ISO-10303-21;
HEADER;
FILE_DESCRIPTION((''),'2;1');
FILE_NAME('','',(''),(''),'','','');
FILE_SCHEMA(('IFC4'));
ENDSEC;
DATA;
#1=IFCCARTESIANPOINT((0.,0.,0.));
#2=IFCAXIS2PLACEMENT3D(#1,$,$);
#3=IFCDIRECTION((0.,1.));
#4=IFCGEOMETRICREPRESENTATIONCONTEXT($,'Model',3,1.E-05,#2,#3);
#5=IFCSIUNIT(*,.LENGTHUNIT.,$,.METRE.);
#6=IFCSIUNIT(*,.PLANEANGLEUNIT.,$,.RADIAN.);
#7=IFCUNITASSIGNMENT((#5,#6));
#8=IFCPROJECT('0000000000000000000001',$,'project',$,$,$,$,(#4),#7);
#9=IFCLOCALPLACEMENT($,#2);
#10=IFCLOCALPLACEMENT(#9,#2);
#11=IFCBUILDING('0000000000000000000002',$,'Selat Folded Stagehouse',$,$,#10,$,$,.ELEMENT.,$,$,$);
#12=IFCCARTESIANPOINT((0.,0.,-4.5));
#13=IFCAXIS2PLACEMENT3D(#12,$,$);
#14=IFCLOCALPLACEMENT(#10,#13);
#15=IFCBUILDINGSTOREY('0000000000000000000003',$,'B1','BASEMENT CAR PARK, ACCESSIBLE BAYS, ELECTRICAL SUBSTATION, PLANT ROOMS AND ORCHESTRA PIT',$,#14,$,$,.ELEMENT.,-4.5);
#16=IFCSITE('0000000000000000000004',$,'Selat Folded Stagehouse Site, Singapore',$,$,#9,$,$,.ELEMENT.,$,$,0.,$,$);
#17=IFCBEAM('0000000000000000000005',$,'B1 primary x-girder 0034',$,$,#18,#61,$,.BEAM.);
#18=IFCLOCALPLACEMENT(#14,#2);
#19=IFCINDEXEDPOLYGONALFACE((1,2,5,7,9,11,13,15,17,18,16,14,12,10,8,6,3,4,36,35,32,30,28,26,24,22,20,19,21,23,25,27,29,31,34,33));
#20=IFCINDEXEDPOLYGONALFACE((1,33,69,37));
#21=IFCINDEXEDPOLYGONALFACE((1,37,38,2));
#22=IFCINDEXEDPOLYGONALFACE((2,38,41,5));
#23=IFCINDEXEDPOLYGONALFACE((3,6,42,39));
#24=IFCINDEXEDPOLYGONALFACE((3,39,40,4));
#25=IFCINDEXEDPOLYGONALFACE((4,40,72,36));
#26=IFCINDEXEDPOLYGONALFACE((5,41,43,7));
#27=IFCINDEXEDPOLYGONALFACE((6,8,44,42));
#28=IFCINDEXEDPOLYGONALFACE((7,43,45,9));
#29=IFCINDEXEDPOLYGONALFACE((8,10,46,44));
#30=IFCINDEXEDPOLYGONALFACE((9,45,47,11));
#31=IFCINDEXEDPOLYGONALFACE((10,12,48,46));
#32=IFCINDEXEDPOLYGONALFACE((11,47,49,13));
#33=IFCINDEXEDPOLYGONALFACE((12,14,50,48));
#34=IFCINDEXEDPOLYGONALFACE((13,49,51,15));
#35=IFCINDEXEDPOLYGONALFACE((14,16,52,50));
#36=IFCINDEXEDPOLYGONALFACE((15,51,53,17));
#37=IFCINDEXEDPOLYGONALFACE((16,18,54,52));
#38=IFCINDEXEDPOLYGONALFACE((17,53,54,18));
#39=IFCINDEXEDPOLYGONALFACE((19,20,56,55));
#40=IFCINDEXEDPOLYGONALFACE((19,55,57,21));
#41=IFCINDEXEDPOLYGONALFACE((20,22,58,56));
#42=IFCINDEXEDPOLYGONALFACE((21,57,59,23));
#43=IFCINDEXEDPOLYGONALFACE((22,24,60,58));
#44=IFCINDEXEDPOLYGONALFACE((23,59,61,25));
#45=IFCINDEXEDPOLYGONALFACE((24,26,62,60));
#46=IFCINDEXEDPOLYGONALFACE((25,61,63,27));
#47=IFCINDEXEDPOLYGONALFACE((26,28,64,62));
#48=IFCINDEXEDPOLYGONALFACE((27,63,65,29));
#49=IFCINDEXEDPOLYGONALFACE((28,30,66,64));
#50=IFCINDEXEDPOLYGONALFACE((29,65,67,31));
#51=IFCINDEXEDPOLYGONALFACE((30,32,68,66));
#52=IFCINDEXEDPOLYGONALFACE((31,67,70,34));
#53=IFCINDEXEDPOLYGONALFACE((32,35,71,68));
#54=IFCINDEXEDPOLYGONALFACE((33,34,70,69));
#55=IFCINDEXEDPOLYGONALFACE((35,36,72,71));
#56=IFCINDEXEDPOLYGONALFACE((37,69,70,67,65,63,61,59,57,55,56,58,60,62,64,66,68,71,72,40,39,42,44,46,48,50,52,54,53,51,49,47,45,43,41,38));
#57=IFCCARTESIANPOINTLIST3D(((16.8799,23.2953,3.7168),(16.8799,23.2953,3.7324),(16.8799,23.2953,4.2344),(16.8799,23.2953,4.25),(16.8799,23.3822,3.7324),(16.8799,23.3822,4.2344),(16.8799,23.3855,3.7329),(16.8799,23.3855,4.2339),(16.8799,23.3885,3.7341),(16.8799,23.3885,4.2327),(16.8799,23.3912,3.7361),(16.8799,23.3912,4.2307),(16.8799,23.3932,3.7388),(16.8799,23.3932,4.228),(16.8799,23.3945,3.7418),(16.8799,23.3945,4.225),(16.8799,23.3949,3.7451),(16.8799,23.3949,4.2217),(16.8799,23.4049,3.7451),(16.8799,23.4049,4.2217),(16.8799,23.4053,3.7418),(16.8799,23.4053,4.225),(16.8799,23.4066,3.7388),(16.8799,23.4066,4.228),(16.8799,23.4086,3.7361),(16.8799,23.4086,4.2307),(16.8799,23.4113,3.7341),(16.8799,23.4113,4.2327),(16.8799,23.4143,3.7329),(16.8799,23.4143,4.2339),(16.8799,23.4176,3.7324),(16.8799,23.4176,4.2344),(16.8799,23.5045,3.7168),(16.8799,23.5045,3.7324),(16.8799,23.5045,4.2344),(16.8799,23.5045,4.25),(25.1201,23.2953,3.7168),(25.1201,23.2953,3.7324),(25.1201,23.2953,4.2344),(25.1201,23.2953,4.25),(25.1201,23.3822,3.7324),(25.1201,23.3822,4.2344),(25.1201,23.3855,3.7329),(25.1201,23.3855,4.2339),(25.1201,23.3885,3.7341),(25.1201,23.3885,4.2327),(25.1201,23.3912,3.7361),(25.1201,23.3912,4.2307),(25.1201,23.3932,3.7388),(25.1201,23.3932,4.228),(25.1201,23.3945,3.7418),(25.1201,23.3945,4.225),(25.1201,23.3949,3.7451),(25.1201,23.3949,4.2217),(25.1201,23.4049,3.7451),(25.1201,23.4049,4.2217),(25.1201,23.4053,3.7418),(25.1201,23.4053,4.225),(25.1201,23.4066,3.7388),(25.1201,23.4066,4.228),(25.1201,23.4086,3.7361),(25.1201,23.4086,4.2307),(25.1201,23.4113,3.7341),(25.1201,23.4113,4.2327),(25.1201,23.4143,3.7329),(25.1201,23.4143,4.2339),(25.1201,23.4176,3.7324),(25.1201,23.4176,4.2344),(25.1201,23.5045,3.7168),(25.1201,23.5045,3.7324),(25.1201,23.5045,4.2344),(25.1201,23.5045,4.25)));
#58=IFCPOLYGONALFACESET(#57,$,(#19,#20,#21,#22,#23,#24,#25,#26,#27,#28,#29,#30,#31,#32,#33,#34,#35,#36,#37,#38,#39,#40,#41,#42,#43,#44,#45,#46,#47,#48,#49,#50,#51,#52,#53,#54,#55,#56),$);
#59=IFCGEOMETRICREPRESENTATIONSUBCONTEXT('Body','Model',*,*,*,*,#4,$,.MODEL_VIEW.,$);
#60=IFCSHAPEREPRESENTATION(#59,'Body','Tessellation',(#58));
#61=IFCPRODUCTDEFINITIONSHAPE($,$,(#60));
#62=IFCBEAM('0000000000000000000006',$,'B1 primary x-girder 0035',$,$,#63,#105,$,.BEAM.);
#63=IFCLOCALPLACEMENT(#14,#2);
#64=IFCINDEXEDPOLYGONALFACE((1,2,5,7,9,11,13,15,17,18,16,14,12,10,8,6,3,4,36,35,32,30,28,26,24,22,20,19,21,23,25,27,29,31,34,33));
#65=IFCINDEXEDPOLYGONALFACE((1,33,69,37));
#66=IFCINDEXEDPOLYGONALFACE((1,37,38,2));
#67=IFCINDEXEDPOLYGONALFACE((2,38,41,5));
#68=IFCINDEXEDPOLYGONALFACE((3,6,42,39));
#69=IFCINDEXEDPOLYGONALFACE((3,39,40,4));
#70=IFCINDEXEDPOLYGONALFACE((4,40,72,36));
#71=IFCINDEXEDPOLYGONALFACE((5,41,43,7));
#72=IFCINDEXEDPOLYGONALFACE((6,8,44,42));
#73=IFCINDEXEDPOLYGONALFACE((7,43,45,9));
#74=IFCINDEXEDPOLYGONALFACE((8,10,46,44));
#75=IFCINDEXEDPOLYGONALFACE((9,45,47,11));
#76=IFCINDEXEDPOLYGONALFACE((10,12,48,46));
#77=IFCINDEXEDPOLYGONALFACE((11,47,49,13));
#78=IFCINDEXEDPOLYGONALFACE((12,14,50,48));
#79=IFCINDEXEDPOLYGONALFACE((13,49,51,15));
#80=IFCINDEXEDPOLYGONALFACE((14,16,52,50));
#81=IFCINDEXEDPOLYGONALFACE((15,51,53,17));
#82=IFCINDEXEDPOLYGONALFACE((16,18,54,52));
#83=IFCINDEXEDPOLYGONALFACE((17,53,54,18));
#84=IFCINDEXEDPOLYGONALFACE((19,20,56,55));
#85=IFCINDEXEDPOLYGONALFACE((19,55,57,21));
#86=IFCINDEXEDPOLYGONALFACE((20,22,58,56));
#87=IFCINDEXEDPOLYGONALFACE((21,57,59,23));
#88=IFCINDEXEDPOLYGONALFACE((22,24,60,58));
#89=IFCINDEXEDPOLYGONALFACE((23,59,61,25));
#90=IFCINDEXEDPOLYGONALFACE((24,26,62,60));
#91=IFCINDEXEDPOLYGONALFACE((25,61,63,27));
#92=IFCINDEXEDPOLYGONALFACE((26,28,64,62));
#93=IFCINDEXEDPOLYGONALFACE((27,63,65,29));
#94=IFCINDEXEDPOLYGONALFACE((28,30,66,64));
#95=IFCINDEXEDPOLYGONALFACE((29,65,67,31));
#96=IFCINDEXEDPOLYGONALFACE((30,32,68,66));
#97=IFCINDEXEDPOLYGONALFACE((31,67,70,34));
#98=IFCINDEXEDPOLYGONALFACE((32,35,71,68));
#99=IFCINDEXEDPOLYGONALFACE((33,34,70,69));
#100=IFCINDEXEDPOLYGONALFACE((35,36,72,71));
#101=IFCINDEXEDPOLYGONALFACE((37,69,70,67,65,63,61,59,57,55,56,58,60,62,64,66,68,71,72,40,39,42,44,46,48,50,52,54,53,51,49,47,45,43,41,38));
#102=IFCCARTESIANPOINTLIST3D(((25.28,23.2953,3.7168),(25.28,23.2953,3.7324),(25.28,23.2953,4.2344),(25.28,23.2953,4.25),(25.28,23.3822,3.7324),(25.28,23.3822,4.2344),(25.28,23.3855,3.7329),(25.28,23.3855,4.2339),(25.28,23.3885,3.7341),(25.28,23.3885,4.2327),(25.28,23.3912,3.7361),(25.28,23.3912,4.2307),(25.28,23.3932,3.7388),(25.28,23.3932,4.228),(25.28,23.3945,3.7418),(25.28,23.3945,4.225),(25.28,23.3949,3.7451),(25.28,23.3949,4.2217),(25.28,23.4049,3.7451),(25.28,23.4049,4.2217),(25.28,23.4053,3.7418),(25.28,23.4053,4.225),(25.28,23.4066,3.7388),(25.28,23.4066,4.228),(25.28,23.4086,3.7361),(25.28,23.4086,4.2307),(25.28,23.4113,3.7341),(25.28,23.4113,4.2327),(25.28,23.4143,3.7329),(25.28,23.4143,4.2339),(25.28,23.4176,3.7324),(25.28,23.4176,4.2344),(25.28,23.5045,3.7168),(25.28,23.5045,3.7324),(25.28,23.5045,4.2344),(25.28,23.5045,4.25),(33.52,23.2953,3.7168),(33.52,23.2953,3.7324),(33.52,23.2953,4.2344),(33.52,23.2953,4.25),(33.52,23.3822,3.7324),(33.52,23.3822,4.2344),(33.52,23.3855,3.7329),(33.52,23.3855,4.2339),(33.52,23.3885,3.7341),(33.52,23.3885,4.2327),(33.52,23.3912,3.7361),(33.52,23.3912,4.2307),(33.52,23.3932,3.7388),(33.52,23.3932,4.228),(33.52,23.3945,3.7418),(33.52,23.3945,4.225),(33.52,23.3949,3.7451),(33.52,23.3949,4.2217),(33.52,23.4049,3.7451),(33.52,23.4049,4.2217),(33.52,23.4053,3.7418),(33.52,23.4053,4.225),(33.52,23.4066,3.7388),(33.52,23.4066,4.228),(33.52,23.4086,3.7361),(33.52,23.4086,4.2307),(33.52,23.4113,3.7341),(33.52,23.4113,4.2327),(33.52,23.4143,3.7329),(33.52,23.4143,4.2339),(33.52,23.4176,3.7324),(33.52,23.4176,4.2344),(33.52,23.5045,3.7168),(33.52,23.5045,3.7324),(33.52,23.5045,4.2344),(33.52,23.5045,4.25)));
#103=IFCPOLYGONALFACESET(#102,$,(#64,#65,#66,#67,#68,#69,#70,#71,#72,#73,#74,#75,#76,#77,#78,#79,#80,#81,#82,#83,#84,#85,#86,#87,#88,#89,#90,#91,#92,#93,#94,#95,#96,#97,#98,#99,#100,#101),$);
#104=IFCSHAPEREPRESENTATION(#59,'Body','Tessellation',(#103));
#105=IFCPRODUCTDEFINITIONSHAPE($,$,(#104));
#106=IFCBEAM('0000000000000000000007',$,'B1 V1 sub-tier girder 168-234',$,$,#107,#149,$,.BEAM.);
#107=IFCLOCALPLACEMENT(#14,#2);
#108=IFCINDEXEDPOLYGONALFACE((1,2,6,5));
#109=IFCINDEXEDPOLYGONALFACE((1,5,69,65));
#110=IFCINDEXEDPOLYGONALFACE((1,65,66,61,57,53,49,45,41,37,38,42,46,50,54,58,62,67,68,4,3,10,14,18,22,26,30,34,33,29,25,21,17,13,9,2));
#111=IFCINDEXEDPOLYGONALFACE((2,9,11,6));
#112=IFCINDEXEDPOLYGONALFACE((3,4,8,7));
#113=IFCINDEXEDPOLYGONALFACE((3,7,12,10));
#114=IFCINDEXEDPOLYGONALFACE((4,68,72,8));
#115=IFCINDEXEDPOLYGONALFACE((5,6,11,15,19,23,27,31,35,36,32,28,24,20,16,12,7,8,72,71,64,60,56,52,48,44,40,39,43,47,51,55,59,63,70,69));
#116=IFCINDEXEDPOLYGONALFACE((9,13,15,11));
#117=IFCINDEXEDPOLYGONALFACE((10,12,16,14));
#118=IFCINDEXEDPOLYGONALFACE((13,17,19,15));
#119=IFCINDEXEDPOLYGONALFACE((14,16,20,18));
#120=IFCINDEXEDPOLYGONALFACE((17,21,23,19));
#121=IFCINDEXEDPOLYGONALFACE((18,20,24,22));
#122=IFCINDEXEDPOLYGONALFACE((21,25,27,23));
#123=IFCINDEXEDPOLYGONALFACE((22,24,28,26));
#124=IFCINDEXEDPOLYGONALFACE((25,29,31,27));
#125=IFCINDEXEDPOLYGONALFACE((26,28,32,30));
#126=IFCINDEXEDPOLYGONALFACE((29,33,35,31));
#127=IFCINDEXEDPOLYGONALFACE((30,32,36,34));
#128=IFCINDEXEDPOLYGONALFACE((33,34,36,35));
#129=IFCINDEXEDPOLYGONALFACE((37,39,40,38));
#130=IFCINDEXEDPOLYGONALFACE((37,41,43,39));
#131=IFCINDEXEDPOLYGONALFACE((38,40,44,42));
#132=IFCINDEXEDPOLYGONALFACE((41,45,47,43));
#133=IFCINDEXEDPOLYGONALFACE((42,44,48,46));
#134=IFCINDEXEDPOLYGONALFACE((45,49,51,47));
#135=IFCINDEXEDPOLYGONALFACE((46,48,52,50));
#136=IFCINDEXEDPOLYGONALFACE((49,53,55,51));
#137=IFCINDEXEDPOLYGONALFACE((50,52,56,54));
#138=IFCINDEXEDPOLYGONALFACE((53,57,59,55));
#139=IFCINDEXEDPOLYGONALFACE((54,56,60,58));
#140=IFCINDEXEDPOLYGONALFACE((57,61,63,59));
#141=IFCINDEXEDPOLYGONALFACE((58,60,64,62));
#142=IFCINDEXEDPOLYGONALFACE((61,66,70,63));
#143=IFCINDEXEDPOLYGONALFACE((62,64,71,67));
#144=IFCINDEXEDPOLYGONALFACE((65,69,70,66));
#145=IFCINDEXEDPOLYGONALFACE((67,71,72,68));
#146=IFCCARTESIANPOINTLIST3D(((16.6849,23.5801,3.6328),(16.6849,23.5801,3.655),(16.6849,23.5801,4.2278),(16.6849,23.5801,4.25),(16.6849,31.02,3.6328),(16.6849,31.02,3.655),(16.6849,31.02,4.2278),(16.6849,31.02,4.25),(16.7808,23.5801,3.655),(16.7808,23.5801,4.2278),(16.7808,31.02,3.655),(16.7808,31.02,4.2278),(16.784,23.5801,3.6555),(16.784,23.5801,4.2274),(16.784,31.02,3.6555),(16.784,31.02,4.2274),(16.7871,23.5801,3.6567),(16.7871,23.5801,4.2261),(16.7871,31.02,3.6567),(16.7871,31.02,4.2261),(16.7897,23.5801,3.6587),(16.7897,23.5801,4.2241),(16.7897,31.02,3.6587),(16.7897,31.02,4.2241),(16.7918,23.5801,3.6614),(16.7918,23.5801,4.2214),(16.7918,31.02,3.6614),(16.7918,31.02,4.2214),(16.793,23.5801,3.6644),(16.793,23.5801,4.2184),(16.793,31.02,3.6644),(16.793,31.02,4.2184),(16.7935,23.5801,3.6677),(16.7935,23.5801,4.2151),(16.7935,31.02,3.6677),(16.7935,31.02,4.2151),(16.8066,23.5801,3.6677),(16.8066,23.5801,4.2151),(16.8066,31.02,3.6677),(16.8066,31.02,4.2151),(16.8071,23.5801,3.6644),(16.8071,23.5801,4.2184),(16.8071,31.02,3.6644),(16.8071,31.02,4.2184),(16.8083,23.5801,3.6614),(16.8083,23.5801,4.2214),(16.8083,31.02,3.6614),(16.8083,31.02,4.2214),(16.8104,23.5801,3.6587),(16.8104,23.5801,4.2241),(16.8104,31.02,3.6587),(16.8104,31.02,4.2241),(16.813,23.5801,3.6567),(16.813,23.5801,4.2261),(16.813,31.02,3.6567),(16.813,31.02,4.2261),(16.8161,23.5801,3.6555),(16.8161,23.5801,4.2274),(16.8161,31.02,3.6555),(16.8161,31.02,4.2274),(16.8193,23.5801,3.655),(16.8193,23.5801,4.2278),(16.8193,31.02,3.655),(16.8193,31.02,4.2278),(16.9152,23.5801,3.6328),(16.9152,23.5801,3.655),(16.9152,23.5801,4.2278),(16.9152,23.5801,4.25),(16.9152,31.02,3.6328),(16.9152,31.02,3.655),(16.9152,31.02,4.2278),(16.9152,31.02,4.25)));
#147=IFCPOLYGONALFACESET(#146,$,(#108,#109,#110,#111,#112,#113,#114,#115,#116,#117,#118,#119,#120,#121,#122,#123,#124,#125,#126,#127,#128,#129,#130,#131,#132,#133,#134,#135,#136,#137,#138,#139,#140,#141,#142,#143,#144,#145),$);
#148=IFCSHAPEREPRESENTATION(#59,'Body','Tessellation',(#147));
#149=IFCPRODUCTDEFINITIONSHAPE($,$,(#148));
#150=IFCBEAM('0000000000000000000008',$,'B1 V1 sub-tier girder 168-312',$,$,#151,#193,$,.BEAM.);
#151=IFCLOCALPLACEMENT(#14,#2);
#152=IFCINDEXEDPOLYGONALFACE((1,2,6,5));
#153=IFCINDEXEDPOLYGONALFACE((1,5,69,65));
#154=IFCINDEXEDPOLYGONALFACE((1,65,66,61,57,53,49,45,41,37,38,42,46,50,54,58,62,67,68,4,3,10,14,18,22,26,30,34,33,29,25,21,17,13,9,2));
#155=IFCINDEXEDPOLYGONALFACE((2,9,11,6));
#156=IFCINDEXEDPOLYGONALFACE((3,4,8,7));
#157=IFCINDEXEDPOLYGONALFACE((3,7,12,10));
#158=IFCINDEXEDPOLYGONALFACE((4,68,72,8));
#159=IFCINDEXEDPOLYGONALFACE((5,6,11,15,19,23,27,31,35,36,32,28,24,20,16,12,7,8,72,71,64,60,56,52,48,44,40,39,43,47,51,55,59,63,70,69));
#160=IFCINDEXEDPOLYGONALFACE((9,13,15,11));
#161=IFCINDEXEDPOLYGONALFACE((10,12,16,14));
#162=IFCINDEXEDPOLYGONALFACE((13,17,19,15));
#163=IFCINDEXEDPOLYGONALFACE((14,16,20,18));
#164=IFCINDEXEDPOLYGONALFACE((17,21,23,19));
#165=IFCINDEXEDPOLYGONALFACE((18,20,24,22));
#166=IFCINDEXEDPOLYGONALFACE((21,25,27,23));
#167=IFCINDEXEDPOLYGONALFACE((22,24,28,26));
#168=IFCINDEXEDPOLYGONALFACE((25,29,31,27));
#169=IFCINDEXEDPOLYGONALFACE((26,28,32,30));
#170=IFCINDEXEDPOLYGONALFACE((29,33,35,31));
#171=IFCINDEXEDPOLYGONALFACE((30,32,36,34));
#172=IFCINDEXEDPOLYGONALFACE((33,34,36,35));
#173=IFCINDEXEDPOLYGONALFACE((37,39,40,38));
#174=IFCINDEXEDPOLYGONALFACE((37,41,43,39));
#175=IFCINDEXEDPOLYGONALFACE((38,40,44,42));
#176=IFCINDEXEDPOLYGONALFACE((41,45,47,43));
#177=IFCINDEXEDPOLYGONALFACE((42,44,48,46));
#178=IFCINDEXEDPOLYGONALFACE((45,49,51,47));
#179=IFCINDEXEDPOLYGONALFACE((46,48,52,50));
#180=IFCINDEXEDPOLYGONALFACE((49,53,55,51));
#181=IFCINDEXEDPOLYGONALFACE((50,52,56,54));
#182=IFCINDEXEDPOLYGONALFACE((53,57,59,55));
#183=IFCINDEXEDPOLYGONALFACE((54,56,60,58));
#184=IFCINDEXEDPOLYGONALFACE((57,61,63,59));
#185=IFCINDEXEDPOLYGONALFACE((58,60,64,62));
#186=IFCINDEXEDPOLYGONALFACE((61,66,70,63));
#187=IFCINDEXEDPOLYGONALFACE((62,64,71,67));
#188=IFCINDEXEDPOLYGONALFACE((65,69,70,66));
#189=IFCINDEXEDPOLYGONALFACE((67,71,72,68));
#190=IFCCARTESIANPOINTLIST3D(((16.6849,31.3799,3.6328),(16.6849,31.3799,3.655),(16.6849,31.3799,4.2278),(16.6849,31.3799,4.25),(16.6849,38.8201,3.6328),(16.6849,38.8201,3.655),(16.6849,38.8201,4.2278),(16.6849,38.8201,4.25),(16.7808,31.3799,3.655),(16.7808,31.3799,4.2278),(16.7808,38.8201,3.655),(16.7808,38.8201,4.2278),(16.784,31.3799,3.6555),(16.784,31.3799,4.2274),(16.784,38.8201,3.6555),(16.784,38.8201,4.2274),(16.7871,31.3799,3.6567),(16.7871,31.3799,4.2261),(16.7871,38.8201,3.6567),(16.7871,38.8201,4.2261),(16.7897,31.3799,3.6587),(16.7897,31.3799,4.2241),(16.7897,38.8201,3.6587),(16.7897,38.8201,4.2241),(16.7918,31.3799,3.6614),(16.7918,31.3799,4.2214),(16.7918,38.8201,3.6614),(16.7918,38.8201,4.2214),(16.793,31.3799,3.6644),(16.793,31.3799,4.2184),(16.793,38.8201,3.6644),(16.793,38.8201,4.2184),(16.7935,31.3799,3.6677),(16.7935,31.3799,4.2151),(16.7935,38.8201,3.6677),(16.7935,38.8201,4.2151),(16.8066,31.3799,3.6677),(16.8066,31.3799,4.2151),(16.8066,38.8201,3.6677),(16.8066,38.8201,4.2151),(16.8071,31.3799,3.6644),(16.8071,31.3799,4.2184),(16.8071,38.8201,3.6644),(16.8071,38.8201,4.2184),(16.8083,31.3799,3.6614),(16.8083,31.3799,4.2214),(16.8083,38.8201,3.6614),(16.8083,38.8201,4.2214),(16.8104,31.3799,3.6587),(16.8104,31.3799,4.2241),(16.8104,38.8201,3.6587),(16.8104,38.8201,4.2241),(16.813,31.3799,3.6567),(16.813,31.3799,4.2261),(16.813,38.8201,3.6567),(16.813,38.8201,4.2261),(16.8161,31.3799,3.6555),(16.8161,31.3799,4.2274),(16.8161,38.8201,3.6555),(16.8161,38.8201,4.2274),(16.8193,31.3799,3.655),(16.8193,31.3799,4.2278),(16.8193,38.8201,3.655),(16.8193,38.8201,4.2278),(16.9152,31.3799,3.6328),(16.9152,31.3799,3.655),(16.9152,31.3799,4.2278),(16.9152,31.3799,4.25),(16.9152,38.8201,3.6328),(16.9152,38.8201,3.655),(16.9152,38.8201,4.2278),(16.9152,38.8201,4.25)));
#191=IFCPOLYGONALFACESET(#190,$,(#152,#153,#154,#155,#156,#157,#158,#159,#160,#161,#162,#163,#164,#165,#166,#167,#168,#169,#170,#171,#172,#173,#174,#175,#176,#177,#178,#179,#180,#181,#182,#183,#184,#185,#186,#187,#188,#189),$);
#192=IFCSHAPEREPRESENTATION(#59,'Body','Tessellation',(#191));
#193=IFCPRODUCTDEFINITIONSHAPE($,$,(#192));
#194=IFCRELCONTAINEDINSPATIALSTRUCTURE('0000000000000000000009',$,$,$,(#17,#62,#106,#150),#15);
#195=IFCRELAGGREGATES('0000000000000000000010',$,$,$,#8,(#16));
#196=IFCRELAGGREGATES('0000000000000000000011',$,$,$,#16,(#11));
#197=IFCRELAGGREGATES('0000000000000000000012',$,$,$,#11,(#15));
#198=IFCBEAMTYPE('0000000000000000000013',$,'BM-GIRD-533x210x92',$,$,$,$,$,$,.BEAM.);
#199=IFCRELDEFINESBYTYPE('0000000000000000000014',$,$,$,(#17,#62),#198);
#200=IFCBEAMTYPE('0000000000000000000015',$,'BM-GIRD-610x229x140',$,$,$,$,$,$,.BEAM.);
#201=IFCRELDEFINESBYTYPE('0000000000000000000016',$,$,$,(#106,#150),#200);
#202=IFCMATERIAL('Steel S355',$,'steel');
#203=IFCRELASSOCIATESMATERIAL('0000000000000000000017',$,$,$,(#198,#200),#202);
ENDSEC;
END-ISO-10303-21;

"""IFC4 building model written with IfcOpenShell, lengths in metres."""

from ifc_helpers import new_model, si_unit, direction, frame, origin, origin_2d, place, context, subcontext, project, spatial, i_section, extrude, material, material_profile, profile_set, type_object, element, save


model = new_model("IFC4")

# Units and contexts
model_context = context("Model", 3, precision=1e-05, world=origin(), true_north=direction((0.0, 1.0)))
body_context = subcontext(model_context, "Body", "Model", "MODEL_VIEW")
ifc_project = project(units=[si_unit("LENGTHUNIT", "METRE"), si_unit("PLANEANGLEUNIT", "RADIAN")], contexts=[model_context])

# Site, building, storey
site_placement = place(None, origin())
site = spatial("IfcSite", under=ifc_project, at=site_placement, Name="Selat Folded Stagehouse Site, Singapore", CompositionType="ELEMENT", RefElevation=0.0)
building_placement = place(site_placement, origin())
building = spatial("IfcBuilding", under=site, at=building_placement, Name="Selat Folded Stagehouse", CompositionType="ELEMENT")
storey_placement = place(building_placement, frame((0.0, 0.0, -4.5)))
storey = spatial("IfcBuildingStorey", under=building, at=storey_placement, Name="B1", Description="BASEMENT CAR PARK, ACCESSIBLE BAYS, ELECTRICAL SUBSTATION, PLANT ROOMS AND ORCHESTRA PIT", CompositionType="ELEMENT", Elevation=-4.5)

# Shared definitions
ifc_material_1 = material(Name="Steel S355", Category="steel")

# Beams
ifc_material_profile_1 = material_profile(ifc_material_1, i_section(OverallWidth=0.2092, OverallDepth=0.5332, WebThickness=0.01, FlangeThickness=0.0156, FilletRadius=0.0127, at=origin_2d()), Name="UKB 533x210x92")
ifc_profile_set_1 = profile_set([ifc_material_profile_1], Name="Steel S355")
beam_type_1 = type_object("IfcBeamType", Name="BM-GIRD-533x210x92", PredefinedType="BEAM", material=ifc_profile_set_1)
beam_1_placement = place(storey_placement, frame((16.8799, 23.3999, 3.9834), z_axis=(1.0, 0.0, 0.0), x_axis=(0.0, 1.0, 0.0)))
element("IfcBeam", 1, at=beam_1_placement, inside=storey, type_object=beam_type_1, Name="B1 primary x-girder 0034", PredefinedType="BEAM", context=body_context, shape_type="SweptSolid", body=[
    extrude(i_section(OverallWidth=0.2092, OverallDepth=0.5332, WebThickness=0.01, FlangeThickness=0.0156, FilletRadius=0.0127, at=origin_2d()), origin(), (0.0, 0.0, 1.0), 8.2402),
])
beam_2_placement = place(storey_placement, frame((25.28, 23.3999, 3.9834), z_axis=(1.0, 0.0, 0.0), x_axis=(0.0, 1.0, 0.0)))
element("IfcBeam", 2, at=beam_2_placement, inside=storey, type_object=beam_type_1, Name="B1 primary x-girder 0035", PredefinedType="BEAM", context=body_context, shape_type="SweptSolid", body=[
    extrude(i_section(OverallWidth=0.2092, OverallDepth=0.5332, WebThickness=0.01, FlangeThickness=0.0156, FilletRadius=0.0127, at=origin_2d()), origin(), (0.0, 0.0, 1.0), 8.24),
])
ifc_material_profile_2 = material_profile(ifc_material_1, i_section(OverallWidth=0.2302, OverallDepth=0.6172, WebThickness=0.0132, FlangeThickness=0.0222, FilletRadius=0.0127, at=origin_2d()), Name="UKB 610x229x140")
ifc_profile_set_2 = profile_set([ifc_material_profile_2], Name="Steel S355")
beam_type_2 = type_object("IfcBeamType", Name="BM-GIRD-610x229x140", PredefinedType="BEAM", material=ifc_profile_set_2)
beam_3_placement = place(storey_placement, frame((16.8, 23.5801, 3.9414), z_axis=(0.0, 1.0, 0.0), x_axis=(-1.0, 0.0, 0.0)))
element("IfcBeam", 3, at=beam_3_placement, inside=storey, type_object=beam_type_2, Name="B1 V1 sub-tier girder 168-234", PredefinedType="BEAM", context=body_context, shape_type="SweptSolid", body=[
    extrude(i_section(OverallWidth=0.2302, OverallDepth=0.6172, WebThickness=0.0132, FlangeThickness=0.0222, FilletRadius=0.0127, at=origin_2d()), origin(), (0.0, 0.0, 1.0), 7.4399),
])
beam_4_placement = place(storey_placement, frame((16.8, 31.3799, 3.9414), z_axis=(0.0, 1.0, 0.0), x_axis=(-1.0, 0.0, 0.0)))
element("IfcBeam", 4, at=beam_4_placement, inside=storey, type_object=beam_type_2, Name="B1 V1 sub-tier girder 168-312", PredefinedType="BEAM", context=body_context, shape_type="SweptSolid", body=[
    extrude(i_section(OverallWidth=0.2302, OverallDepth=0.6172, WebThickness=0.0132, FlangeThickness=0.0222, FilletRadius=0.0127, at=origin_2d()), origin(), (0.0, 0.0, 1.0), 7.4402),
])

save(model, "model.ifc")
